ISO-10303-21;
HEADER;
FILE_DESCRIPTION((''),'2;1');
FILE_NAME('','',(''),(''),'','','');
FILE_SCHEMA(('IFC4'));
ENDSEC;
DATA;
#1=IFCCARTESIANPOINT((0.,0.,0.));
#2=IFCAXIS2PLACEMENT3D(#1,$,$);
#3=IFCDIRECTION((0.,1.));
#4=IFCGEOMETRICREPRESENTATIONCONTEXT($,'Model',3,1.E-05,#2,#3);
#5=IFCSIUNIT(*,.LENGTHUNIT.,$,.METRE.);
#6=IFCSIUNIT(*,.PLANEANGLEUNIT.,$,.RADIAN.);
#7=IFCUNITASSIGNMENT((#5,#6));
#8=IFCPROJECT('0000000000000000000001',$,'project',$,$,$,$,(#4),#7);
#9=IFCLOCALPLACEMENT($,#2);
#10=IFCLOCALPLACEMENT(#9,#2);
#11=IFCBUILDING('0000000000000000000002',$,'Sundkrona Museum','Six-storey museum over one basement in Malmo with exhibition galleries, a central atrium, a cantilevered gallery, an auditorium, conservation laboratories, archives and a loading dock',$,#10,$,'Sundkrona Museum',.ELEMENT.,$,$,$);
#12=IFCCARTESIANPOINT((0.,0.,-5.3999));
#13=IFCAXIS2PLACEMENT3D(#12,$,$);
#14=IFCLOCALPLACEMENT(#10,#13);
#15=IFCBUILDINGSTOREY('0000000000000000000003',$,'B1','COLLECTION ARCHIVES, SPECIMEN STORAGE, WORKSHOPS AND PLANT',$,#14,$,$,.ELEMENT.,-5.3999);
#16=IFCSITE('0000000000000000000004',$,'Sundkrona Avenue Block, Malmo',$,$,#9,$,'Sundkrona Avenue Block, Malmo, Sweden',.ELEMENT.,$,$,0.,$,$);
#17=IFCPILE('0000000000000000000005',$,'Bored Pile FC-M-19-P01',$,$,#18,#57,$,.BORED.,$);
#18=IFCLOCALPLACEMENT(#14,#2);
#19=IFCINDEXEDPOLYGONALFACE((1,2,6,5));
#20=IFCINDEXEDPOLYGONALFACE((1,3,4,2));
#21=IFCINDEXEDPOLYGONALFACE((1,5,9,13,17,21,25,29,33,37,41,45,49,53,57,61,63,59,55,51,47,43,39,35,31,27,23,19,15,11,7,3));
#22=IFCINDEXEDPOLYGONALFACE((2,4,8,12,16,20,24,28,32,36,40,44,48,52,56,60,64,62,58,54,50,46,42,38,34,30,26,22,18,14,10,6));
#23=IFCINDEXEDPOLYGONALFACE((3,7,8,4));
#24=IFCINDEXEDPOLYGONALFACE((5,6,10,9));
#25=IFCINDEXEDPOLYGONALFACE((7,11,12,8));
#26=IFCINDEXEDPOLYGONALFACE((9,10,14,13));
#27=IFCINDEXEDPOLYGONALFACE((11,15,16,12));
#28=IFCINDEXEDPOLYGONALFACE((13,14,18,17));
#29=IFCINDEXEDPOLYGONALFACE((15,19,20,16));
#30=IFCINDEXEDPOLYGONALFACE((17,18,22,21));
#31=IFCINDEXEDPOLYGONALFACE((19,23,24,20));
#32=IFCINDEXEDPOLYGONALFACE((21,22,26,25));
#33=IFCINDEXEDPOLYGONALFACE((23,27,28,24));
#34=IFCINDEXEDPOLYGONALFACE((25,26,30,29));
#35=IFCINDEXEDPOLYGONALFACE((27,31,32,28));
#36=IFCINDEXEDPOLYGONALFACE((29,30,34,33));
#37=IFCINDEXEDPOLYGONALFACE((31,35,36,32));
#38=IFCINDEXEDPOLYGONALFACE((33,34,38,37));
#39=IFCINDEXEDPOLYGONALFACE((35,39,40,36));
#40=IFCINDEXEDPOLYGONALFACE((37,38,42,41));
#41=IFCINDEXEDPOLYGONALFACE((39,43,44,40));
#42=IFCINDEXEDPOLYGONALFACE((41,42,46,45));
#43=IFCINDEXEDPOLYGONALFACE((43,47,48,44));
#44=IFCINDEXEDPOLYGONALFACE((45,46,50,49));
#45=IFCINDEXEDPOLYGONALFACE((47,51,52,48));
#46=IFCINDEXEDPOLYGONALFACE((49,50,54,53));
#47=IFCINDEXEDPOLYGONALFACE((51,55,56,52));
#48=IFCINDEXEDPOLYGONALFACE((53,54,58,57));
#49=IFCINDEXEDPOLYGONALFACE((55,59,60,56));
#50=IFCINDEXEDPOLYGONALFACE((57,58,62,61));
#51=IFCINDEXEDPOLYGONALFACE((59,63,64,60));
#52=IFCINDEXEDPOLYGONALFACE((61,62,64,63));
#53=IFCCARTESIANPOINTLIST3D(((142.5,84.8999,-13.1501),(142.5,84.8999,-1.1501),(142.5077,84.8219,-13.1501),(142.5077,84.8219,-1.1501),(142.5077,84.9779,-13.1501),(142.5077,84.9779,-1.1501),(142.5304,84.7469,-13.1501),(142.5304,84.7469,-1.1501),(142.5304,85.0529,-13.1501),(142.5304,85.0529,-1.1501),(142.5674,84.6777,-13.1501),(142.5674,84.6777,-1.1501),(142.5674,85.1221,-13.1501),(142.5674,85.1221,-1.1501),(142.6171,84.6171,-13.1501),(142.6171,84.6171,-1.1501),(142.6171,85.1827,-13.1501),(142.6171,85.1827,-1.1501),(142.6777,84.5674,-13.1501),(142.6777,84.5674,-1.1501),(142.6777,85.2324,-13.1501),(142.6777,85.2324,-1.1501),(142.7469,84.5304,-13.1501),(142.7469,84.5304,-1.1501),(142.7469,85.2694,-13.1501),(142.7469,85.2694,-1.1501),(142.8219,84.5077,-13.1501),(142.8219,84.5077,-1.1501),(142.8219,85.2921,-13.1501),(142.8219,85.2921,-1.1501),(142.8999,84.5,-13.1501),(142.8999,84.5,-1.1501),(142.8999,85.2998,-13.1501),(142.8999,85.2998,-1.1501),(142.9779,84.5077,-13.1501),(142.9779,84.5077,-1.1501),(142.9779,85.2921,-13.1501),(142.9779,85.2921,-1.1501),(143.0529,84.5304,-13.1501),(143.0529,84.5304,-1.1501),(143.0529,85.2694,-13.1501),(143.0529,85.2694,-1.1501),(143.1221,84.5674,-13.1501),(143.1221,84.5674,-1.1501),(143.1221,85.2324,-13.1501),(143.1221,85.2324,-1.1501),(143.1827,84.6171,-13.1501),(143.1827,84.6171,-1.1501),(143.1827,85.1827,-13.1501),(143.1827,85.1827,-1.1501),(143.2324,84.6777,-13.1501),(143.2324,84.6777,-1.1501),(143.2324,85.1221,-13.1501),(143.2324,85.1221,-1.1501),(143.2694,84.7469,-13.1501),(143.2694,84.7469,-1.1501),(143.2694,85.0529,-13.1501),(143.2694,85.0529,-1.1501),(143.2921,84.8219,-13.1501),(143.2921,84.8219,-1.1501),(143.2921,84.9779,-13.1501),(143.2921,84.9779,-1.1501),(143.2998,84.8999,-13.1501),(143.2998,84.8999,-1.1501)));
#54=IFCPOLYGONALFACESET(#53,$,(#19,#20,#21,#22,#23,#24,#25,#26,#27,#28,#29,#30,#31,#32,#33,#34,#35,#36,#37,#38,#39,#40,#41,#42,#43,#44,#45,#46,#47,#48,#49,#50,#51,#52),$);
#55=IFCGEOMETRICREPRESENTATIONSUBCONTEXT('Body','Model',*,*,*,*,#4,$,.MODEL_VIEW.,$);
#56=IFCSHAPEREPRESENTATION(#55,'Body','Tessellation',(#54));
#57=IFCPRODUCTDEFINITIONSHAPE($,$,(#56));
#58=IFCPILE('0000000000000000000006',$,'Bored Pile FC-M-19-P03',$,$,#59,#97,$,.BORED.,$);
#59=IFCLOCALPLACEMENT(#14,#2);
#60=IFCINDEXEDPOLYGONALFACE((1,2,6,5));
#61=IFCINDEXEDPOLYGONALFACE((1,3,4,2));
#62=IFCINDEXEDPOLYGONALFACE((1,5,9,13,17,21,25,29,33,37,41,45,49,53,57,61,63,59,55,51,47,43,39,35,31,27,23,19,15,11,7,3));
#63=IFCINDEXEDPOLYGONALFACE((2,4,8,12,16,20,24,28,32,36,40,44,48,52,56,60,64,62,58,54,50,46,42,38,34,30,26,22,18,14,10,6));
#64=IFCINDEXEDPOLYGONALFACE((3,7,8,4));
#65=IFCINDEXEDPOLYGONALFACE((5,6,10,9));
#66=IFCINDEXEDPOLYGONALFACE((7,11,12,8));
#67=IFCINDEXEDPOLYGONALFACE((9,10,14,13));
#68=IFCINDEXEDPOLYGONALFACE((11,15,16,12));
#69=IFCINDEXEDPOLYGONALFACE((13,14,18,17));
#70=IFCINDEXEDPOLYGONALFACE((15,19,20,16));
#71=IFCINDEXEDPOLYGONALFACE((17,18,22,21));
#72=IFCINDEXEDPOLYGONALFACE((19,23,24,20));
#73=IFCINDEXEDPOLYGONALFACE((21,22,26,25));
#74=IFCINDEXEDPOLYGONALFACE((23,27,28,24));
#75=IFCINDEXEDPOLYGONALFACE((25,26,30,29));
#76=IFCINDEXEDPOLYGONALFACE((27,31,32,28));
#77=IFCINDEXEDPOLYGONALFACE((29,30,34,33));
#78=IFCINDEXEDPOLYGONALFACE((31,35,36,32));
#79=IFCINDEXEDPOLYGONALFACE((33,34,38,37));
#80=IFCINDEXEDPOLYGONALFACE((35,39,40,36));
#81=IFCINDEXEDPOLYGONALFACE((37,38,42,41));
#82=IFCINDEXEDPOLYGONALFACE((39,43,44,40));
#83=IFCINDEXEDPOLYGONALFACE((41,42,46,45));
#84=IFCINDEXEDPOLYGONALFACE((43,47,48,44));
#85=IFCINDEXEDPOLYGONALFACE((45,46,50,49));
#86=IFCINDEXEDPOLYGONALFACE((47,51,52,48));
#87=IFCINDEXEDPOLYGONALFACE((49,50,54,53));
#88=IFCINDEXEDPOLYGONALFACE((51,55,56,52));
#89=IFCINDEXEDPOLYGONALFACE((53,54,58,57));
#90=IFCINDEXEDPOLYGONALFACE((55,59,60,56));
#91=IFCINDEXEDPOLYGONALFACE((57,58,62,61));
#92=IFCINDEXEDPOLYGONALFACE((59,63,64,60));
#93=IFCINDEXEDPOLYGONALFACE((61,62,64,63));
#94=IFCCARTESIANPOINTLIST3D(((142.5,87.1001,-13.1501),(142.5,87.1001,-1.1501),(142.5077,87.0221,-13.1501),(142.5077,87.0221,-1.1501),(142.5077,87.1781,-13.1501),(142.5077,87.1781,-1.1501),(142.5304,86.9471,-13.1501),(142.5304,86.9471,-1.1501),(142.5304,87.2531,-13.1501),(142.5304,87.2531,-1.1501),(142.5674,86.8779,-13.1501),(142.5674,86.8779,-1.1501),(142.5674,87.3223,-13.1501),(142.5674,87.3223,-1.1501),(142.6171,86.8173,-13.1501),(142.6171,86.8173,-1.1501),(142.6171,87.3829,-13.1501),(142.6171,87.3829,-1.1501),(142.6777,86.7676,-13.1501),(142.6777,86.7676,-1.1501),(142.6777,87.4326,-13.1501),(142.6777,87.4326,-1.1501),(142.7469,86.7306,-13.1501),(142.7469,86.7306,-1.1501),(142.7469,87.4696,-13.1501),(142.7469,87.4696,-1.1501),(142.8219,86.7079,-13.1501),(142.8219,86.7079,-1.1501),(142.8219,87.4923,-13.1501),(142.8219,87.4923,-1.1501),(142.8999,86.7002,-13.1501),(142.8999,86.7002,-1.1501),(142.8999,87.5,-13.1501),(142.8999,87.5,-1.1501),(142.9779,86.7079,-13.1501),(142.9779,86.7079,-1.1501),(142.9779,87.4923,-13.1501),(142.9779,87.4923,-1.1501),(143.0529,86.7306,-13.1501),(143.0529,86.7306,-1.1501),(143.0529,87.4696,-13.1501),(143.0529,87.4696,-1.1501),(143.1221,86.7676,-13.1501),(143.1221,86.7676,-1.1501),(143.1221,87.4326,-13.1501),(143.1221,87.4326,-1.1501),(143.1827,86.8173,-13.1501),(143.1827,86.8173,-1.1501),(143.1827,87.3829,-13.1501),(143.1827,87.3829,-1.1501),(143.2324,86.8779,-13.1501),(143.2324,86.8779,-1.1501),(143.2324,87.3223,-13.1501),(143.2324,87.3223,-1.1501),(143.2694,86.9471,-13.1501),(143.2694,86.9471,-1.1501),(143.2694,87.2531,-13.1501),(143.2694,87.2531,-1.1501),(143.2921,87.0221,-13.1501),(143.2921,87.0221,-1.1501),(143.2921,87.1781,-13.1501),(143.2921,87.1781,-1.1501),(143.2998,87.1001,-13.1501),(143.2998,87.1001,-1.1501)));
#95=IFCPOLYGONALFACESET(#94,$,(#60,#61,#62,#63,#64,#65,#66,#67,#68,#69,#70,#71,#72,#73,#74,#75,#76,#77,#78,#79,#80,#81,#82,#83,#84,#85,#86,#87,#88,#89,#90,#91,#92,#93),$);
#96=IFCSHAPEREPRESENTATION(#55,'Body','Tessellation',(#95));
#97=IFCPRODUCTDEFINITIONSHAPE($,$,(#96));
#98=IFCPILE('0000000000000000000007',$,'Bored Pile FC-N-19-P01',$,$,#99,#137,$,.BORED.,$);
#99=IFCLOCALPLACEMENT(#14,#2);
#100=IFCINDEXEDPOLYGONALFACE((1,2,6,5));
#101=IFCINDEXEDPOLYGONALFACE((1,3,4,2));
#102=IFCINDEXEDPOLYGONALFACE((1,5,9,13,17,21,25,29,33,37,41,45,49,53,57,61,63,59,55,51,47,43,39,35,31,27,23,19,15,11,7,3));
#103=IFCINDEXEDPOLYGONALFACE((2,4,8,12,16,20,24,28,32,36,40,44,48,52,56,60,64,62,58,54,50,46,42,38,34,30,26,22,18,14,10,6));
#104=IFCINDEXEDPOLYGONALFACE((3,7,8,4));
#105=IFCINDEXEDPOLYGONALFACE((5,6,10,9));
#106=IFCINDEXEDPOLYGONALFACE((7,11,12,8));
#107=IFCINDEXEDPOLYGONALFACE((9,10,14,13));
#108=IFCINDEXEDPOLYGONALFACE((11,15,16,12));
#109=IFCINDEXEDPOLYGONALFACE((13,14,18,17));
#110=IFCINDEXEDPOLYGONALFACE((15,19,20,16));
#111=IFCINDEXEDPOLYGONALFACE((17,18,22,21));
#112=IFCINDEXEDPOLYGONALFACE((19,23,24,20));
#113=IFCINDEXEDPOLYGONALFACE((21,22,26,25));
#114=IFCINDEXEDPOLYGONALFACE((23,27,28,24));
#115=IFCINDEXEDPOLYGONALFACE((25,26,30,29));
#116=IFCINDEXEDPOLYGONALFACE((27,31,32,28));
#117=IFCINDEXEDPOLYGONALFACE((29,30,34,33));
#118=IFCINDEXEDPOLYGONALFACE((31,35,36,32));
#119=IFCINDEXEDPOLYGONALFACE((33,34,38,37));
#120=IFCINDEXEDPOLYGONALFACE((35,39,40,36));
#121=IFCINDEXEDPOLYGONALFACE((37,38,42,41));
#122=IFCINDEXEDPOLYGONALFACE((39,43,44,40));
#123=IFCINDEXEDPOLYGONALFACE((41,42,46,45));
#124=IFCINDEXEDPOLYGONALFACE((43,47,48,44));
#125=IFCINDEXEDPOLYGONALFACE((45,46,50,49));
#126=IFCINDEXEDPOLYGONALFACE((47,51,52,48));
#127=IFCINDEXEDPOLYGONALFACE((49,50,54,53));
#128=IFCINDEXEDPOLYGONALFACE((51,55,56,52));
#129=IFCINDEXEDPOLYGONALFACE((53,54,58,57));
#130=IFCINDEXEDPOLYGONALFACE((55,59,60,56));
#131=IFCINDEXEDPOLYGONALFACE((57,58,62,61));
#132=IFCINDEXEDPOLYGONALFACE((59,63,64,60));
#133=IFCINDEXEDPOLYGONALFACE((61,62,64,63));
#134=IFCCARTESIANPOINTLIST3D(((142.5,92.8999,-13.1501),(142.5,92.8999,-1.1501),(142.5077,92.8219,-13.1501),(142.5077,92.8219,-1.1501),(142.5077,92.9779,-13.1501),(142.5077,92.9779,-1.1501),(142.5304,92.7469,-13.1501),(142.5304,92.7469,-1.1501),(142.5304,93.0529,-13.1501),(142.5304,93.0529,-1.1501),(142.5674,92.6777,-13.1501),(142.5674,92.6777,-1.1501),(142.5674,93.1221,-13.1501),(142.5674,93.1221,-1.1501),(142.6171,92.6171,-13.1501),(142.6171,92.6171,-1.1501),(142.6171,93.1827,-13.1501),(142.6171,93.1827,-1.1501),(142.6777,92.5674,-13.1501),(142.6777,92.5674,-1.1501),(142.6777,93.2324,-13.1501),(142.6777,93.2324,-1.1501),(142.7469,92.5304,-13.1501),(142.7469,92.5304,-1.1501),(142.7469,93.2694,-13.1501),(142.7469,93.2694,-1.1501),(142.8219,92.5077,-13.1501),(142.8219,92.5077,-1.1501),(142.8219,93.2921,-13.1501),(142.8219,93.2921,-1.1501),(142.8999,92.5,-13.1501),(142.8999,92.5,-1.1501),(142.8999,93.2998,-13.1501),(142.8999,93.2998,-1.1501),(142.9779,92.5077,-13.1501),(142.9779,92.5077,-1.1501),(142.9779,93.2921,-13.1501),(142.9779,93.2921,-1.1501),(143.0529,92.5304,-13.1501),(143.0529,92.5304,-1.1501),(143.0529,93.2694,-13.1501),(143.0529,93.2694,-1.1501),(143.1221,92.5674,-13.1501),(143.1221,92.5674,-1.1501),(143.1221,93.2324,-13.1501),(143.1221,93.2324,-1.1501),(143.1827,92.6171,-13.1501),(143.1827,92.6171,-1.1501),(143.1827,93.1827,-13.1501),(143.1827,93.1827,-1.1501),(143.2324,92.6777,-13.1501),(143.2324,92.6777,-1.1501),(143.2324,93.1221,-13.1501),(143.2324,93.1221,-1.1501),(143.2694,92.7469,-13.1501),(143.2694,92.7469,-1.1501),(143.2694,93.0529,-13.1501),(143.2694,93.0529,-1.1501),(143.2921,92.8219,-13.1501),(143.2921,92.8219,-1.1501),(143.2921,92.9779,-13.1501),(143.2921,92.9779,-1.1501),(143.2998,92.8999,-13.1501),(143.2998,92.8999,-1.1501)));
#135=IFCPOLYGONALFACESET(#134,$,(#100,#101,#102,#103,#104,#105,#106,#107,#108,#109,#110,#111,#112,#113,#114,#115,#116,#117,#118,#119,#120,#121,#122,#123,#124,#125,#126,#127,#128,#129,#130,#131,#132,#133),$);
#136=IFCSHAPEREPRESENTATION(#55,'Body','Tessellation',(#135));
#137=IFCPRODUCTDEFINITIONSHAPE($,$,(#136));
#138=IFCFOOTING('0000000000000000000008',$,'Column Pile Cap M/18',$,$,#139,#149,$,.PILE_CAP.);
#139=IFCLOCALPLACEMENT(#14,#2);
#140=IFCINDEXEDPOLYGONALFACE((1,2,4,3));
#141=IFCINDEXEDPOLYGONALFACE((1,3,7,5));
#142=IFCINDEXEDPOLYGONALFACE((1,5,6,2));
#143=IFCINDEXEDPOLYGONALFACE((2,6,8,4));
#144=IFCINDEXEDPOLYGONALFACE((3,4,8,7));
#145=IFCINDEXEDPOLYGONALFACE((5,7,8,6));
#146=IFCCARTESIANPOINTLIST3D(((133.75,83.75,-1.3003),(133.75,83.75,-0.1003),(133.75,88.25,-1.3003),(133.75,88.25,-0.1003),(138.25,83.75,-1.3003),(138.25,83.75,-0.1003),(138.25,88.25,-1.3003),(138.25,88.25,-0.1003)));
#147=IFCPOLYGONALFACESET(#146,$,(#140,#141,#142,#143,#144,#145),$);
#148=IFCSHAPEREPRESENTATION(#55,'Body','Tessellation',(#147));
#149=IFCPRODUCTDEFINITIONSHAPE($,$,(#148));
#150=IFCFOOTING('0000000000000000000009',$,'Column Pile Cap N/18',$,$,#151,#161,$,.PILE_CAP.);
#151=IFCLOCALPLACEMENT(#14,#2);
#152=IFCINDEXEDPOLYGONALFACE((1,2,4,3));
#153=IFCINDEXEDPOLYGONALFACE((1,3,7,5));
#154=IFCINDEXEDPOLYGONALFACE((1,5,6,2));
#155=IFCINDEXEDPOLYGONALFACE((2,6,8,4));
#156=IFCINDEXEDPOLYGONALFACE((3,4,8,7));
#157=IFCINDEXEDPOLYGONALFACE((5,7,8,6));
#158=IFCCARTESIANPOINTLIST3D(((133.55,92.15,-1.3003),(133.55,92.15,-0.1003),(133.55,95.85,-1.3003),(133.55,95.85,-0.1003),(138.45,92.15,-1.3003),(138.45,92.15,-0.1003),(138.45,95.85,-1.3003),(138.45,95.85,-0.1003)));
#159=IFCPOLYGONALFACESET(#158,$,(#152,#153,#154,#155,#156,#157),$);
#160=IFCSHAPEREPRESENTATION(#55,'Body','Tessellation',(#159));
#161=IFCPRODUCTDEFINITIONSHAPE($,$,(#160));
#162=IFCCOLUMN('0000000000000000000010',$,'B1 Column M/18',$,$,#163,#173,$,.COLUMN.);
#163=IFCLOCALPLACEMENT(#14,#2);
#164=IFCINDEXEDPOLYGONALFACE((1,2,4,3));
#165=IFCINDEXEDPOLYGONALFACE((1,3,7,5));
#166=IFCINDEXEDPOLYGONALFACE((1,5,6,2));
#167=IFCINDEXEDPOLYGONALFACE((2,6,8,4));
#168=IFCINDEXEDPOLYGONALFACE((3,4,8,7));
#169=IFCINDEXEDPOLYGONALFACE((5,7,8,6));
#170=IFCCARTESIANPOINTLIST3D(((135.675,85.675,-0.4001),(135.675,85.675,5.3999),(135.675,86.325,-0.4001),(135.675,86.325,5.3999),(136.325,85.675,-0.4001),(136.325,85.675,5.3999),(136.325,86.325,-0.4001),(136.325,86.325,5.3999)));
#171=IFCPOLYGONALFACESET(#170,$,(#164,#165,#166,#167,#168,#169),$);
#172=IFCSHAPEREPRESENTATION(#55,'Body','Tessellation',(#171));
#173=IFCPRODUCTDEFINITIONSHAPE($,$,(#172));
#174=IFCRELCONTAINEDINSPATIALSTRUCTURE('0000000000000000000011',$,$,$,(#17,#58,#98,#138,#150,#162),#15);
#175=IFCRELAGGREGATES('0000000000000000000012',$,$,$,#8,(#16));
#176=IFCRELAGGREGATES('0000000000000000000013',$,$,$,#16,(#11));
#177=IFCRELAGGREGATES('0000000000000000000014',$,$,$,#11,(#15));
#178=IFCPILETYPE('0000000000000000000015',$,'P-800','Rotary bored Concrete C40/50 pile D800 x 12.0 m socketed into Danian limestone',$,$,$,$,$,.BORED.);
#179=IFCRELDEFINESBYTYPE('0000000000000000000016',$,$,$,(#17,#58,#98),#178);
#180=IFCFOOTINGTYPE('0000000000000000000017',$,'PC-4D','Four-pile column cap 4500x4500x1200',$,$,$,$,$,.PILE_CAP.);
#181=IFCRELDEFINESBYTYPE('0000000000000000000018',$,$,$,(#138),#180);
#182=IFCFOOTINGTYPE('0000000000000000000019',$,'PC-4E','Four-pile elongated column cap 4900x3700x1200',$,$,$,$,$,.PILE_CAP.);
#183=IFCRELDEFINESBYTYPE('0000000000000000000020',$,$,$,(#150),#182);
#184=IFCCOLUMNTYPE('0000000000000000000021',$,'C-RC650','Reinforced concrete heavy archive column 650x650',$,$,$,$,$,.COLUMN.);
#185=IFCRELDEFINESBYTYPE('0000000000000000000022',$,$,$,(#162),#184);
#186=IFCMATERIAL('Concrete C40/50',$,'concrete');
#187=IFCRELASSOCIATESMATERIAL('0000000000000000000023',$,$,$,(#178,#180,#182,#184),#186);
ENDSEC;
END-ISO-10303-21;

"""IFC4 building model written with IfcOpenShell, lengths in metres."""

from ifc_helpers import new_model, si_unit, direction, frame, origin, origin_2d, place, context, subcontext, project, spatial, rectangle, circle, extrude, material, material_profile, profile_set, type_object, element, save


model = new_model("IFC4")

# Units and contexts
model_context = context("Model", 3, precision=1e-05, world=origin(), true_north=direction((0.0, 1.0)))
body_context = subcontext(model_context, "Body", "Model", "MODEL_VIEW")
ifc_project = project(units=[si_unit("LENGTHUNIT", "METRE"), si_unit("PLANEANGLEUNIT", "RADIAN")], contexts=[model_context])

# Site, building, storey
site_placement = place(None, origin())
site = spatial("IfcSite", under=ifc_project, at=site_placement, Name="Sundkrona Avenue Block, Malmo", LongName="Sundkrona Avenue Block, Malmo, Sweden", CompositionType="ELEMENT", RefElevation=0.0)
building_placement = place(site_placement, origin())
building = spatial("IfcBuilding", under=site, at=building_placement, Name="Sundkrona Museum", Description="Six-storey museum over one basement in Malmo with exhibition galleries, a central atrium, a cantilevered gallery, an auditorium, conservation laboratories, archives and a loading dock", LongName="Sundkrona Museum", CompositionType="ELEMENT")
storey_placement = place(building_placement, frame((0.0, 0.0, -5.3999)))
storey = spatial("IfcBuildingStorey", under=building, at=storey_placement, Name="B1", Description="COLLECTION ARCHIVES, SPECIMEN STORAGE, WORKSHOPS AND PLANT", CompositionType="ELEMENT", Elevation=-5.3999)

# Shared definitions
ifc_material_1 = material(Name="Concrete C40/50", Category="concrete")

# Piles
ifc_material_profile_1 = material_profile(ifc_material_1, circle(Radius=0.3999, at=origin_2d()), Name="PILE D800")
ifc_profile_set_1 = profile_set([ifc_material_profile_1], Name="Concrete C40/50")
pile_type = type_object("IfcPileType", Name="P-800", Description="Rotary bored Concrete C40/50 pile D800 x 12.0 m socketed into Danian limestone", PredefinedType="BORED", material=ifc_profile_set_1)
for number, where, z_axis, x_axis, name in (
    (1, (142.8999, 84.8999, -1.1501), (0.0, 0.0, -1.0), (1.0, 0.0, 0.0), "Bored Pile FC-M-19-P01"),
    (2, (142.8999, 87.1001, -1.1501), (0.0, 0.0, -1.0), (1.0, 0.0, 0.0), "Bored Pile FC-M-19-P03"),
    (3, (142.8999, 92.8999, -1.1501), (0.0, 0.0, -1.0), (1.0, 0.0, 0.0), "Bored Pile FC-N-19-P01"),
):
    element("IfcPile", number, at=place(storey_placement, frame(where, z_axis=z_axis, x_axis=x_axis)), inside=storey, type_object=pile_type, Name=name, PredefinedType="BORED", context=body_context, shape_type="SweptSolid", body=[
        extrude(circle(Radius=0.3999, at=origin_2d()), origin(), (0.0, 0.0, 1.0), 12.0),
    ])

# Footings
footing_type_1 = type_object("IfcFootingType", Name="PC-4D", Description="Four-pile column cap 4500x4500x1200", PredefinedType="PILE_CAP", material=ifc_material_1)
footing_1_placement = place(storey_placement, frame((136.0, 86.0, -1.3003), z_axis=(0.0, 0.0, 1.0), x_axis=(1.0, 0.0, 0.0)))
element("IfcFooting", 4, at=footing_1_placement, inside=storey, type_object=footing_type_1, Name="Column Pile Cap M/18", PredefinedType="PILE_CAP", context=body_context, shape_type="SweptSolid", body=[
    extrude(rectangle(XDim=4.5, YDim=4.5, at=origin_2d()), origin(), (0.0, 0.0, 1.0), 1.2),
])
footing_type_2 = type_object("IfcFootingType", Name="PC-4E", Description="Four-pile elongated column cap 4900x3700x1200", PredefinedType="PILE_CAP", material=ifc_material_1)
footing_2_placement = place(storey_placement, frame((136.0, 94.0, -1.3003), z_axis=(0.0, 0.0, 1.0), x_axis=(1.0, 0.0, 0.0)))
element("IfcFooting", 5, at=footing_2_placement, inside=storey, type_object=footing_type_2, Name="Column Pile Cap N/18", PredefinedType="PILE_CAP", context=body_context, shape_type="SweptSolid", body=[
    extrude(rectangle(XDim=4.8999, YDim=3.7, at=origin_2d()), origin(), (0.0, 0.0, 1.0), 1.2),
])

# Column
ifc_material_profile_2 = material_profile(ifc_material_1, rectangle(XDim=0.6499, YDim=0.6499, at=origin_2d()), Name="RC 650x650")
ifc_profile_set_2 = profile_set([ifc_material_profile_2], Name="Concrete C40/50")
column_type = type_object("IfcColumnType", Name="C-RC650", Description="Reinforced concrete heavy archive column 650x650", PredefinedType="COLUMN", material=ifc_profile_set_2)
column_placement = place(storey_placement, frame((136.0, 86.0, -0.4001), z_axis=(0.0, 0.0, 1.0), x_axis=(1.0, 0.0, 0.0)))
element("IfcColumn", 6, at=column_placement, inside=storey, type_object=column_type, Name="B1 Column M/18", PredefinedType="COLUMN", context=body_context, shape_type="SweptSolid", body=[
    extrude(rectangle(XDim=0.6499, YDim=0.6499, at=origin_2d()), origin(), (0.0, 0.0, 1.0), 5.8),
])

save(model, "model.ifc")
